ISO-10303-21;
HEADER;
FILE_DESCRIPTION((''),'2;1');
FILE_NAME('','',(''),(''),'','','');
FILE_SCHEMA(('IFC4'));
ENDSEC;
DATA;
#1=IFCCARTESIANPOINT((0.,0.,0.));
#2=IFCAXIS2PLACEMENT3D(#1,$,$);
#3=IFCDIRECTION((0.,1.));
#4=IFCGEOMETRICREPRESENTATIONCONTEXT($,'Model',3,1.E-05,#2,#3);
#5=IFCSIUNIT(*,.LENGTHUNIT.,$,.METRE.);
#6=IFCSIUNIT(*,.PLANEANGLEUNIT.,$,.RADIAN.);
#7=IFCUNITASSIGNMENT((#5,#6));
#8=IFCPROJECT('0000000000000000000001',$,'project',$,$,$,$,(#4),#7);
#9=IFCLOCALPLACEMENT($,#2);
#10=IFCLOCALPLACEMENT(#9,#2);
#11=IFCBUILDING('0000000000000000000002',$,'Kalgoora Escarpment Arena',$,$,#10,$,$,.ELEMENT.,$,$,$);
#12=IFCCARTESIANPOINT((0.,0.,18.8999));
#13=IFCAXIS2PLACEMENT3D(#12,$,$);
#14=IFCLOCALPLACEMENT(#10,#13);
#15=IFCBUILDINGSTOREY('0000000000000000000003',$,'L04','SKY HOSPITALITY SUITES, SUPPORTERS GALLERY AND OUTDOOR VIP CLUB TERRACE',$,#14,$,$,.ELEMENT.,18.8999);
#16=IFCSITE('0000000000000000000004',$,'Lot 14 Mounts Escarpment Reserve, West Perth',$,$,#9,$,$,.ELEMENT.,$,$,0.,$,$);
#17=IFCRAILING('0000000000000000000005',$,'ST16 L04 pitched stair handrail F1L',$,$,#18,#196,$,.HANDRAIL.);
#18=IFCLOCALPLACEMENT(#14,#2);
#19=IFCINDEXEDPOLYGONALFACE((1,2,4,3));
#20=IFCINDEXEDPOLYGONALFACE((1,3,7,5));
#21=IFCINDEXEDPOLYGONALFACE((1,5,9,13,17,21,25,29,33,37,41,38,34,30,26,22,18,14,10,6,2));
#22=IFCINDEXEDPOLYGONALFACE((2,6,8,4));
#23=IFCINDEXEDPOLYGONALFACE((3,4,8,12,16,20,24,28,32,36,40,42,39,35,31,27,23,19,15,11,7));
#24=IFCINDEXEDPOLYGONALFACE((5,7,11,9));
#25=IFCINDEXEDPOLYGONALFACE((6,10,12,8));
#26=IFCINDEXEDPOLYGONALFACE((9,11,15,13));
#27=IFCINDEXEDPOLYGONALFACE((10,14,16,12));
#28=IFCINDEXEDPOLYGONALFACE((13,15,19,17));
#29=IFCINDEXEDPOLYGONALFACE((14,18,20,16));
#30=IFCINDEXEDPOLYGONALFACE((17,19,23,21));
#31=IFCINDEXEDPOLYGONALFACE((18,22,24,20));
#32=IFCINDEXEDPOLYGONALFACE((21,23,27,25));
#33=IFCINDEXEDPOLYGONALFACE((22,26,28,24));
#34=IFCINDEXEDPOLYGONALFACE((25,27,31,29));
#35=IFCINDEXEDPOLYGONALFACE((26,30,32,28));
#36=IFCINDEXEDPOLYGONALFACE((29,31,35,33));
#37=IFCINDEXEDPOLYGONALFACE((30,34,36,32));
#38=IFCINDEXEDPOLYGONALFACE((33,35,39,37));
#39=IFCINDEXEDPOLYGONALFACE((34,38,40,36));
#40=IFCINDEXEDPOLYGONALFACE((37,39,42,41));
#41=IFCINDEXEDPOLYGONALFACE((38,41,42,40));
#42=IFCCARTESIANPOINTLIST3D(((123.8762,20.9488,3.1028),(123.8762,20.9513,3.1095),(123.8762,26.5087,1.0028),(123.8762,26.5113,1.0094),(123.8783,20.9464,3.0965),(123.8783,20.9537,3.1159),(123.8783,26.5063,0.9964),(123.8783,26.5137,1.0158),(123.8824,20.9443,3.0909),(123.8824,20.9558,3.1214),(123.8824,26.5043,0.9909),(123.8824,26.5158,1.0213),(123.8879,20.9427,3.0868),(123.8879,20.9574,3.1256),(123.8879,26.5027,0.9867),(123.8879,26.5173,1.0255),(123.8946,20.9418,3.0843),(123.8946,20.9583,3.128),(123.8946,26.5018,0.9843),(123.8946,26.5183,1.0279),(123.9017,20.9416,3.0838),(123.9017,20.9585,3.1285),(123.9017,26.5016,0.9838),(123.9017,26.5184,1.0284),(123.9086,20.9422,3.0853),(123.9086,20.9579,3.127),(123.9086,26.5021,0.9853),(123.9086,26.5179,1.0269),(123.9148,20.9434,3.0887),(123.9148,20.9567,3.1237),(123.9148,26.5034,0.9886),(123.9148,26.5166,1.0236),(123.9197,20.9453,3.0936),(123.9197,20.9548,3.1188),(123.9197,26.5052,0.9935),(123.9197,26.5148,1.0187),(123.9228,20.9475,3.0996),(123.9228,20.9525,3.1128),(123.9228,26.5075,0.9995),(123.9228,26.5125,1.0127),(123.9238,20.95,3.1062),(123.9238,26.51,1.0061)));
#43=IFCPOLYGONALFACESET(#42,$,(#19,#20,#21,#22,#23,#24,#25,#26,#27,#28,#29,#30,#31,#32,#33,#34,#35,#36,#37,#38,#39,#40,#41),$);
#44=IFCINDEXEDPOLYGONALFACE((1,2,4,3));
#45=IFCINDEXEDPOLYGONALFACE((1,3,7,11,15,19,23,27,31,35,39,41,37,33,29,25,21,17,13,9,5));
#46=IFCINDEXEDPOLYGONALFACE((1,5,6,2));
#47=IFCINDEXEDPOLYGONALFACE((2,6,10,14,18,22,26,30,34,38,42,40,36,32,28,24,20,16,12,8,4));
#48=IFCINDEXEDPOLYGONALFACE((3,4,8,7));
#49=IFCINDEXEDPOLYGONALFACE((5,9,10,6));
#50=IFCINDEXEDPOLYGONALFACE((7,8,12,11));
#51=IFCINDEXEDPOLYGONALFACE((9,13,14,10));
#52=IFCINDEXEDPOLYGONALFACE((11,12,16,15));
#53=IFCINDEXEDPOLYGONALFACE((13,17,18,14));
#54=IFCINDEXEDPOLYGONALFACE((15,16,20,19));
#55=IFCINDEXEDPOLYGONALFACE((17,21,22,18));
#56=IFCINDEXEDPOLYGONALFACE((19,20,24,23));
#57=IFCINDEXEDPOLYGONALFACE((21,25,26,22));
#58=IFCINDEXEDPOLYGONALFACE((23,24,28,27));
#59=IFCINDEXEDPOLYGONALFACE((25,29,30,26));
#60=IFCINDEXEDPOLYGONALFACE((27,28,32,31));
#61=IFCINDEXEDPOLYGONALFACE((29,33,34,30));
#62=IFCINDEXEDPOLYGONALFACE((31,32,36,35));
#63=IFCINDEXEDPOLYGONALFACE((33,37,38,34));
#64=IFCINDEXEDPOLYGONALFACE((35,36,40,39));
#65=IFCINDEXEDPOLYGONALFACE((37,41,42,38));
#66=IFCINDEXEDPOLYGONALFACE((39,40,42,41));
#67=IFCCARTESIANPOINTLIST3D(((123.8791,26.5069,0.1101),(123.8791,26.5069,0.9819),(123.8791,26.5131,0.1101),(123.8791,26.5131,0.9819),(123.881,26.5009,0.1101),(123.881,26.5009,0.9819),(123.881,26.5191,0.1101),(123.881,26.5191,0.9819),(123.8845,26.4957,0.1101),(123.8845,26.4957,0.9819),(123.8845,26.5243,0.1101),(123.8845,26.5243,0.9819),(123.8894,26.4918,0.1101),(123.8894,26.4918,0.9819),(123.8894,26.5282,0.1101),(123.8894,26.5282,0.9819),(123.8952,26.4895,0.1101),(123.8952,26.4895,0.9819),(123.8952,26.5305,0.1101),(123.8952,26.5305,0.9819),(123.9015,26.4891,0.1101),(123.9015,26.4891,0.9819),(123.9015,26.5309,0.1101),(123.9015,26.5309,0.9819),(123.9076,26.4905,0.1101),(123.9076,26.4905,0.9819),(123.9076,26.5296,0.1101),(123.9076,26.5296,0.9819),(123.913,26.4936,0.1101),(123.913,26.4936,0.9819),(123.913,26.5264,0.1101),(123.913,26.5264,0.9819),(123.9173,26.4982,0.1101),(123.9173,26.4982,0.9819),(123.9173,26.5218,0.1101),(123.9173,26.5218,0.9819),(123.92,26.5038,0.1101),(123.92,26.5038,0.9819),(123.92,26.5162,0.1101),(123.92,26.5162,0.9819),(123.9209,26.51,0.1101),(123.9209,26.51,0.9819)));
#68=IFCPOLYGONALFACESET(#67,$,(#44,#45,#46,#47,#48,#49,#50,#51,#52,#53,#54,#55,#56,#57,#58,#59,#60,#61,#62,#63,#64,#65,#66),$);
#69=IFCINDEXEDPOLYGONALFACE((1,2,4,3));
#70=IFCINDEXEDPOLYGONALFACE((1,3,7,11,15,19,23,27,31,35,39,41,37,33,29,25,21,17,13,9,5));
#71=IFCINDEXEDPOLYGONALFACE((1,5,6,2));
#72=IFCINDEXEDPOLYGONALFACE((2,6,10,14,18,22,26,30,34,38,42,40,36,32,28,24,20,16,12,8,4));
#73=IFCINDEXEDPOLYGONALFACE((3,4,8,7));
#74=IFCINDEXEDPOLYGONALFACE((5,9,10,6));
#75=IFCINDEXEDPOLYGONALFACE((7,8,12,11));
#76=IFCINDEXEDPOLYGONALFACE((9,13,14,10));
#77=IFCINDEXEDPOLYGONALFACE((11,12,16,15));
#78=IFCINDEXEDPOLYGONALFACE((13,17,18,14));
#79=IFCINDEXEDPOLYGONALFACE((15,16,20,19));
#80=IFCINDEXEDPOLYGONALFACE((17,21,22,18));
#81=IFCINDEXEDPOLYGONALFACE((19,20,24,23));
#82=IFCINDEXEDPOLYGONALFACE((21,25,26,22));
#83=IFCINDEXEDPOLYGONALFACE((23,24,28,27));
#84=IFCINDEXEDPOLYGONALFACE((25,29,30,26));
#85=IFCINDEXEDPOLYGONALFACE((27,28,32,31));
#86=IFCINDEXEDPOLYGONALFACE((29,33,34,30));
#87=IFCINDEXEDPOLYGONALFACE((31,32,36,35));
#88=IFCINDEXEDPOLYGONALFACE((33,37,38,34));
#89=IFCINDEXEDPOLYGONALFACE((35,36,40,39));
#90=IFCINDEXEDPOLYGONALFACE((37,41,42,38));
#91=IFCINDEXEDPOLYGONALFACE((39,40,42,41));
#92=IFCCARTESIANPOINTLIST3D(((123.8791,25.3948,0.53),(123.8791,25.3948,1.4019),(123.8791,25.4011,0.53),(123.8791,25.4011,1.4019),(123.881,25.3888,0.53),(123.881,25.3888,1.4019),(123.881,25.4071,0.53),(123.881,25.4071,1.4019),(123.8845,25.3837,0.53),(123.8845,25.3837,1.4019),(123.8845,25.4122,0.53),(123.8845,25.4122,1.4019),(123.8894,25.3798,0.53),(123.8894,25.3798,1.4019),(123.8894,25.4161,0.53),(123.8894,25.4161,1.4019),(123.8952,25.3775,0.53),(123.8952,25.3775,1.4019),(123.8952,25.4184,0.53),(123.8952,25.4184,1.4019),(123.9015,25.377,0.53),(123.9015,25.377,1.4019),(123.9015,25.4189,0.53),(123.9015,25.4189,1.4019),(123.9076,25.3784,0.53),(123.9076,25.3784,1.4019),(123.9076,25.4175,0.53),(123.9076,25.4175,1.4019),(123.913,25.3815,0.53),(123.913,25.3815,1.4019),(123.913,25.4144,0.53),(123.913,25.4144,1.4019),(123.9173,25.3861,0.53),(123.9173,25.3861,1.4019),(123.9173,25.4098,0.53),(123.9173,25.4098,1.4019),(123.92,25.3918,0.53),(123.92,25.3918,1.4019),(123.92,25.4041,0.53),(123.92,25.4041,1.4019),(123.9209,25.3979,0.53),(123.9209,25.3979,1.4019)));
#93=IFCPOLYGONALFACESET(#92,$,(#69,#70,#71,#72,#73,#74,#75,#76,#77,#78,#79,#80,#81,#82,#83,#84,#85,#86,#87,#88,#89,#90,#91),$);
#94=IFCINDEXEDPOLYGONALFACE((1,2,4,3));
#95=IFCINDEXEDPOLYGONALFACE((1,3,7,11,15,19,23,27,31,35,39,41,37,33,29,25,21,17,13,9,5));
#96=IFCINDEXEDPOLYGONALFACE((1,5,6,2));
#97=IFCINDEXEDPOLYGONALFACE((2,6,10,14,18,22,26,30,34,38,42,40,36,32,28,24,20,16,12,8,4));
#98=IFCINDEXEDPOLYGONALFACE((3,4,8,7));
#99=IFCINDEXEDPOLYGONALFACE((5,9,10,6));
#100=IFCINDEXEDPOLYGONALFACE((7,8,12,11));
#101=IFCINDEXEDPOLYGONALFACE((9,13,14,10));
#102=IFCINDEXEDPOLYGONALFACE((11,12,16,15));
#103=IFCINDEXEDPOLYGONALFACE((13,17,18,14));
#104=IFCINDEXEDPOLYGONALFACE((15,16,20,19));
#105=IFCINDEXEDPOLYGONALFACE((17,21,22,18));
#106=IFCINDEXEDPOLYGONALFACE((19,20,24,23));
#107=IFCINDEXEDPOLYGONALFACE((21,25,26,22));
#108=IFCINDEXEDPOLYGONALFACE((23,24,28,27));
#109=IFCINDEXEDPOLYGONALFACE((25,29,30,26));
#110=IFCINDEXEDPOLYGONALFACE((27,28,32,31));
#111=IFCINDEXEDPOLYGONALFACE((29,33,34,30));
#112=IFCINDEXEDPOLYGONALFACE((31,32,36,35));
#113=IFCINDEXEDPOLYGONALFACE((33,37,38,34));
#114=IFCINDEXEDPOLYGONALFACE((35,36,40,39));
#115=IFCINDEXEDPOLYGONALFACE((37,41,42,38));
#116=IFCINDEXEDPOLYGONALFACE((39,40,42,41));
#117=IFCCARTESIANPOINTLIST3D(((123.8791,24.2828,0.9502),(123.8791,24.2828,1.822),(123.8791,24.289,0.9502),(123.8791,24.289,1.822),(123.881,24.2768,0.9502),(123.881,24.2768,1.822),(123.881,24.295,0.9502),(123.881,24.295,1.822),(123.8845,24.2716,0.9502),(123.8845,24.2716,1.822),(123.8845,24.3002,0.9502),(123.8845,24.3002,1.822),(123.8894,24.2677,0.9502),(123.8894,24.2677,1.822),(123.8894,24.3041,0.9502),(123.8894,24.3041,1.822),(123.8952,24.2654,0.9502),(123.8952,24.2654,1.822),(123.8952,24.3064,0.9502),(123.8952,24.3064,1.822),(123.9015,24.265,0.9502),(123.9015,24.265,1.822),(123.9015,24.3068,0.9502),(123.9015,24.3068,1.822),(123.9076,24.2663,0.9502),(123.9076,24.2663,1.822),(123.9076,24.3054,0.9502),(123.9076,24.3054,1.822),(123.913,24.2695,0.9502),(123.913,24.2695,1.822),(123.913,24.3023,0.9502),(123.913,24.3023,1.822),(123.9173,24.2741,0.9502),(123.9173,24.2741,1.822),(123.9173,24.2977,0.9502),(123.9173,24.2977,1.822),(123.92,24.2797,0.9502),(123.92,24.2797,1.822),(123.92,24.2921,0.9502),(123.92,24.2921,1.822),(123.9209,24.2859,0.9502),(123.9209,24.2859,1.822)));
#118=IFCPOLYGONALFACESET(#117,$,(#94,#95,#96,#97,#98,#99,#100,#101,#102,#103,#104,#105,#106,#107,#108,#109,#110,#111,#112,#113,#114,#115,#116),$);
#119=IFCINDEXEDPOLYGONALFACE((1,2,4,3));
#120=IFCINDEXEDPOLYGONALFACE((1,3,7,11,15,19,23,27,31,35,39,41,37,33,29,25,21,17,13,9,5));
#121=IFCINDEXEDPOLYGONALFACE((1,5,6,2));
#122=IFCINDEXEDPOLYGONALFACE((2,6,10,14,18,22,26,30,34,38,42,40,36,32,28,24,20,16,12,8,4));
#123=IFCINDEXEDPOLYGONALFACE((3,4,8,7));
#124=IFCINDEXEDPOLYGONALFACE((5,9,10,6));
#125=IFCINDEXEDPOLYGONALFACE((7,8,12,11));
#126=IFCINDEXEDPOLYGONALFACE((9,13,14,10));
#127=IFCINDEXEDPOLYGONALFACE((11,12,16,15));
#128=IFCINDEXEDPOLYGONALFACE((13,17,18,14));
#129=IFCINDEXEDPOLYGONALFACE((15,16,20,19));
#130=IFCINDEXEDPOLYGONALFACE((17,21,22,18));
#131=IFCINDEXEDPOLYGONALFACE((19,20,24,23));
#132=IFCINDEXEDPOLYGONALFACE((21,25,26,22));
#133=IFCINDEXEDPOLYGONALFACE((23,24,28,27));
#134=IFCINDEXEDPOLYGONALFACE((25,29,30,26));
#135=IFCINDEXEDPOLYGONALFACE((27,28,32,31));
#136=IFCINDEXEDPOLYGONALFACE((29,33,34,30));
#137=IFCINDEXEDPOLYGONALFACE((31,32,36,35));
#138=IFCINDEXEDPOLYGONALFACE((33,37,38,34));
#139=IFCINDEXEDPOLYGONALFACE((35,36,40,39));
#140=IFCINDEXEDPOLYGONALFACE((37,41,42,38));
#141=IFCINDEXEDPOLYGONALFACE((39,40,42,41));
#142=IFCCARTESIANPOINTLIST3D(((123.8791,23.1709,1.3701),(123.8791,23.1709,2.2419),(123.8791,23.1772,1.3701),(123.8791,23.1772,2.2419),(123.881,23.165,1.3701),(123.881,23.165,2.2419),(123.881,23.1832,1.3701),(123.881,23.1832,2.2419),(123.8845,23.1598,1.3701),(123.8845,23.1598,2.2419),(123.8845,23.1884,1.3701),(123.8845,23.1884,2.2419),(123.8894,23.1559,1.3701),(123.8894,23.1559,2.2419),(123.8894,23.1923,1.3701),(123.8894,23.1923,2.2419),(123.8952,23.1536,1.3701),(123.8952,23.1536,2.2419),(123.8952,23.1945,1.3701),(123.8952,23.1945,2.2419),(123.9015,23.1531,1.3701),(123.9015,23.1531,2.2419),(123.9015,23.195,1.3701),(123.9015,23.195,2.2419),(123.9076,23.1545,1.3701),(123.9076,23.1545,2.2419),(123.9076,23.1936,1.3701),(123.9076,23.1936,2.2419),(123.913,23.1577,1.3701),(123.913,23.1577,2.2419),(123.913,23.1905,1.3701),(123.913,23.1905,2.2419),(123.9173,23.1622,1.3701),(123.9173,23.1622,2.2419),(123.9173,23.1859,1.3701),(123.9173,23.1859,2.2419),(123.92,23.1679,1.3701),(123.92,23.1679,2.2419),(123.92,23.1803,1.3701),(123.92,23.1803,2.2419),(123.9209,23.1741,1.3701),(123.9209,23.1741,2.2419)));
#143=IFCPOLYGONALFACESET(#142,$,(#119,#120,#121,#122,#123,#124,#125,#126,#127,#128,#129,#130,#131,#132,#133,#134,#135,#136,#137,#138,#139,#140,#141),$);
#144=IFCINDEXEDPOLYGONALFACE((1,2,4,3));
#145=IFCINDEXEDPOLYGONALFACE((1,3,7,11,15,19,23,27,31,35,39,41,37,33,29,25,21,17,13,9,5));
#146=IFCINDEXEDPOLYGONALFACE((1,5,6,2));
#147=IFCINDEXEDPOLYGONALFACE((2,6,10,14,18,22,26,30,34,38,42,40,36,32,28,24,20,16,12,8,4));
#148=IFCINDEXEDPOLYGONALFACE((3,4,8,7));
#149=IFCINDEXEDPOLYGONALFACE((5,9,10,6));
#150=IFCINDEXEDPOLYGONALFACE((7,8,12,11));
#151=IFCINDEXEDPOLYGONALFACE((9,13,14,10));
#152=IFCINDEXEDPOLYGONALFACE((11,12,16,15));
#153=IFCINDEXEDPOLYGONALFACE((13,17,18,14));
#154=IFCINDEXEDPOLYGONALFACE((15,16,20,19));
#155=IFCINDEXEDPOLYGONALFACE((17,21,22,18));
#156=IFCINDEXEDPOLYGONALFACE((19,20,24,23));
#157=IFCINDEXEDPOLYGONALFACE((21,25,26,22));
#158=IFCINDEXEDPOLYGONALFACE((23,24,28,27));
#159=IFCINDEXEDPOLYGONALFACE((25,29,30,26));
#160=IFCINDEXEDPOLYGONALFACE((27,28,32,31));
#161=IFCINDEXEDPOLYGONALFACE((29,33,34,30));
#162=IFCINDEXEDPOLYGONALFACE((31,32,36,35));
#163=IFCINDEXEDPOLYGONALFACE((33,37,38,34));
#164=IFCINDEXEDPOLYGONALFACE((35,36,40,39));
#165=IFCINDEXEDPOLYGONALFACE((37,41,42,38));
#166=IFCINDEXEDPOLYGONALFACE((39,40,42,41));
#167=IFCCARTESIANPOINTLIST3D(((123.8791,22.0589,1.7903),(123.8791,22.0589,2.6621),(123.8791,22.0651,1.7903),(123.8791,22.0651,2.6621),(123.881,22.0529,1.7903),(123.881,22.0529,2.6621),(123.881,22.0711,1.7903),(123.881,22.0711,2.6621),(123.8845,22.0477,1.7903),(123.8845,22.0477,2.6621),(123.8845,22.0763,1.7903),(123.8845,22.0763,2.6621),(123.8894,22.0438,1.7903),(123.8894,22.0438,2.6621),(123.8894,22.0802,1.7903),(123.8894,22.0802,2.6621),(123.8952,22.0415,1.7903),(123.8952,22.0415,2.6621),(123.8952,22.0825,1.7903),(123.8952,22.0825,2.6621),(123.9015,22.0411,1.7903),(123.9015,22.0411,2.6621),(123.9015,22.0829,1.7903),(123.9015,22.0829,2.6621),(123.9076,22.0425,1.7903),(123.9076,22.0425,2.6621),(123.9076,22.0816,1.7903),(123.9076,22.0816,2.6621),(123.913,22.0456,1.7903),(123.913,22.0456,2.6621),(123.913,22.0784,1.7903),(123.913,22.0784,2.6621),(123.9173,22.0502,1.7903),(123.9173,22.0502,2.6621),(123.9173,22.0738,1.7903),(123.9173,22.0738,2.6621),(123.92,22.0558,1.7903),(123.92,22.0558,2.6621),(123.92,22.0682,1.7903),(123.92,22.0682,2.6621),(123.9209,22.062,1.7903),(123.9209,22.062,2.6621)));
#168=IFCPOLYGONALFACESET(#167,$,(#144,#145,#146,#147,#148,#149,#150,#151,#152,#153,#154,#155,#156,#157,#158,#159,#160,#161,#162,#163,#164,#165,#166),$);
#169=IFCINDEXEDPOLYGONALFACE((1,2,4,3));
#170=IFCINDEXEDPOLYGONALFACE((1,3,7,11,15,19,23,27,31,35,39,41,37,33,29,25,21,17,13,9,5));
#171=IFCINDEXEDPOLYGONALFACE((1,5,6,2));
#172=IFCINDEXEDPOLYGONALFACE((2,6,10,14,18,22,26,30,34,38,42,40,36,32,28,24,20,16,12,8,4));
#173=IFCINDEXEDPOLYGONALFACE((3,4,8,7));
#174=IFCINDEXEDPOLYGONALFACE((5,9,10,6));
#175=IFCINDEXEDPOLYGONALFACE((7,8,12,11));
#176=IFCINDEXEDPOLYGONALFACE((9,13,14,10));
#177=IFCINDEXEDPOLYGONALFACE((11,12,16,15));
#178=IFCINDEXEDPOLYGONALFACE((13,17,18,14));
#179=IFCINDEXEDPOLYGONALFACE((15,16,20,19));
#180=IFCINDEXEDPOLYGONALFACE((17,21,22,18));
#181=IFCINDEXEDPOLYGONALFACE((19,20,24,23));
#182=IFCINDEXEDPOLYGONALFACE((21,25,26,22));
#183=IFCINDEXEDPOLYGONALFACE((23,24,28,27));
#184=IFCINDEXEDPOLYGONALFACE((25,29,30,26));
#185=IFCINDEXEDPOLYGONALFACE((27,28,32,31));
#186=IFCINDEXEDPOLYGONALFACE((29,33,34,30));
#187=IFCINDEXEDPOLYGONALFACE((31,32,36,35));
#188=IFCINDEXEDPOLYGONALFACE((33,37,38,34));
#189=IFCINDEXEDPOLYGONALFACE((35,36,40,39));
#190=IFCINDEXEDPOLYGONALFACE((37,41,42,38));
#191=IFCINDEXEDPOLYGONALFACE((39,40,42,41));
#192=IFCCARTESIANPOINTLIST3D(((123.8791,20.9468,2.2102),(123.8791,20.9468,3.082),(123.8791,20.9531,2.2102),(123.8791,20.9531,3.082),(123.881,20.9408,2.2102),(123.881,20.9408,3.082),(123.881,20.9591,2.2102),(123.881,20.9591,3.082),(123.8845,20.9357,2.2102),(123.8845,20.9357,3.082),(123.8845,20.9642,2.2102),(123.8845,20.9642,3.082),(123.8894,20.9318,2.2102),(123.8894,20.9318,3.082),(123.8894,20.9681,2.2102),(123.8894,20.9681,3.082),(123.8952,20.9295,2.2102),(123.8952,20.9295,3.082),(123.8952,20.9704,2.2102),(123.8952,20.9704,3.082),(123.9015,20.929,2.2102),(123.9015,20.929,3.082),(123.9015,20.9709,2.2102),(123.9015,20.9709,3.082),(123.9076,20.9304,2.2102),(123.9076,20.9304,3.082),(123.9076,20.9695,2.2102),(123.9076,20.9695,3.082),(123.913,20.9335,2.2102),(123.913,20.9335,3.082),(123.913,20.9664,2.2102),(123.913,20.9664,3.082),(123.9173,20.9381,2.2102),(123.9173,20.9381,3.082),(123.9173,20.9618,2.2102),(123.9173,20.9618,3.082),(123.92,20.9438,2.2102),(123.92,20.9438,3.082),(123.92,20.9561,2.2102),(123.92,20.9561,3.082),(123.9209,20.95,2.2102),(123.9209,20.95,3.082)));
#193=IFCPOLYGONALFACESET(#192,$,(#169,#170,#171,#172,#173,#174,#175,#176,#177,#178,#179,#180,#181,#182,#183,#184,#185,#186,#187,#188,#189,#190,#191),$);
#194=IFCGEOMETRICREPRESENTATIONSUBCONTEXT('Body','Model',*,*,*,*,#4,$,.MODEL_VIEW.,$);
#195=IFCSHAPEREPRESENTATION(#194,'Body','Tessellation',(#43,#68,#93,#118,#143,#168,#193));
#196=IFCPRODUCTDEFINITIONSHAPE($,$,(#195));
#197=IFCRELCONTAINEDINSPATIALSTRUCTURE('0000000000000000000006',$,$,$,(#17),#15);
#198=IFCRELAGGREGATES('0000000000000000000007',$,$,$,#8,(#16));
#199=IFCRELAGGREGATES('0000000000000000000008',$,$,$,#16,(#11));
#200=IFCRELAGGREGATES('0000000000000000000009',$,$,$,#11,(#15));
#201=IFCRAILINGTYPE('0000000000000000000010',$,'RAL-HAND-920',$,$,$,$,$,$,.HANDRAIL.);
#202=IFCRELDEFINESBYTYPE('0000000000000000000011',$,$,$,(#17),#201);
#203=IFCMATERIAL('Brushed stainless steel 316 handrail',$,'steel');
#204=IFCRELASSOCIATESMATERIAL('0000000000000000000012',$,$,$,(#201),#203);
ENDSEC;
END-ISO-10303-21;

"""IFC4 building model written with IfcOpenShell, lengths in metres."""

from ifc_helpers import new_model, si_unit, direction, frame, origin, origin_2d, place, context, subcontext, project, spatial, circle, extrude, material, type_object, element, save


model = new_model("IFC4")

# Units and contexts
model_context = context("Model", 3, precision=1e-05, world=origin(), true_north=direction((0.0, 1.0)))
body_context = subcontext(model_context, "Body", "Model", "MODEL_VIEW")
ifc_project = project(units=[si_unit("LENGTHUNIT", "METRE"), si_unit("PLANEANGLEUNIT", "RADIAN")], contexts=[model_context])

# Site, building, storey
site_placement = place(None, origin())
site = spatial("IfcSite", under=ifc_project, at=site_placement, Name="Lot 14 Mounts Escarpment Reserve, West Perth", CompositionType="ELEMENT", RefElevation=0.0)
building_placement = place(site_placement, origin())
building = spatial("IfcBuilding", under=site, at=building_placement, Name="Kalgoora Escarpment Arena", CompositionType="ELEMENT")
storey_placement = place(building_placement, frame((0.0, 0.0, 18.8999)))
storey = spatial("IfcBuildingStorey", under=building, at=storey_placement, Name="L04", Description="SKY HOSPITALITY SUITES, SUPPORTERS GALLERY AND OUTDOOR VIP CLUB TERRACE", CompositionType="ELEMENT", Elevation=18.8999)

# Railing
ifc_material_1 = material(Name="Brushed stainless steel 316 handrail", Category="steel")
railing_type_1 = type_object("IfcRailingType", Name="RAL-HAND-920", PredefinedType="HANDRAIL", material=ifc_material_1)
for number, where, name in (
    (1, (123.8999, 26.51, 0.1101), "ST16 L04 pitched stair handrail F1L"),
):
    element("IfcRailing", number, at=place(storey_placement, frame(where)), inside=storey, type_object=railing_type_1, Name=name, PredefinedType="HANDRAIL", context=body_context, shape_type="SweptSolid", body=[
        extrude(circle(Radius=0.0239, at=origin_2d()), frame((0.0, 0.0, 0.896), z_axis=(0.0, -0.935493, 0.353346), x_axis=(1.0, 0.0, 0.0)), (0.0, 0.0, 1.0), 5.9434),
        extrude(circle(Radius=0.021, at=origin_2d()), origin(), (0.0, 0.0, 1.0), 0.8718),
        extrude(circle(Radius=0.021, at=origin_2d()), frame((0.0, -1.1121, 0.4199)), (0.0, 0.0, 1.0), 0.8718),
        extrude(circle(Radius=0.021, at=origin_2d()), frame((0.0, -2.2241, 0.8401)), (0.0, 0.0, 1.0), 0.8718),
        extrude(circle(Radius=0.021, at=origin_2d()), frame((0.0, -3.3359, 1.26)), (0.0, 0.0, 1.0), 0.8718),
        extrude(circle(Radius=0.021, at=origin_2d()), frame((0.0, -4.448, 1.6802)), (0.0, 0.0, 1.0), 0.8718),
        extrude(circle(Radius=0.021, at=origin_2d()), frame((0.0, -5.5601, 2.1001)), (0.0, 0.0, 1.0), 0.8718),
    ])

save(model, "model.ifc")
